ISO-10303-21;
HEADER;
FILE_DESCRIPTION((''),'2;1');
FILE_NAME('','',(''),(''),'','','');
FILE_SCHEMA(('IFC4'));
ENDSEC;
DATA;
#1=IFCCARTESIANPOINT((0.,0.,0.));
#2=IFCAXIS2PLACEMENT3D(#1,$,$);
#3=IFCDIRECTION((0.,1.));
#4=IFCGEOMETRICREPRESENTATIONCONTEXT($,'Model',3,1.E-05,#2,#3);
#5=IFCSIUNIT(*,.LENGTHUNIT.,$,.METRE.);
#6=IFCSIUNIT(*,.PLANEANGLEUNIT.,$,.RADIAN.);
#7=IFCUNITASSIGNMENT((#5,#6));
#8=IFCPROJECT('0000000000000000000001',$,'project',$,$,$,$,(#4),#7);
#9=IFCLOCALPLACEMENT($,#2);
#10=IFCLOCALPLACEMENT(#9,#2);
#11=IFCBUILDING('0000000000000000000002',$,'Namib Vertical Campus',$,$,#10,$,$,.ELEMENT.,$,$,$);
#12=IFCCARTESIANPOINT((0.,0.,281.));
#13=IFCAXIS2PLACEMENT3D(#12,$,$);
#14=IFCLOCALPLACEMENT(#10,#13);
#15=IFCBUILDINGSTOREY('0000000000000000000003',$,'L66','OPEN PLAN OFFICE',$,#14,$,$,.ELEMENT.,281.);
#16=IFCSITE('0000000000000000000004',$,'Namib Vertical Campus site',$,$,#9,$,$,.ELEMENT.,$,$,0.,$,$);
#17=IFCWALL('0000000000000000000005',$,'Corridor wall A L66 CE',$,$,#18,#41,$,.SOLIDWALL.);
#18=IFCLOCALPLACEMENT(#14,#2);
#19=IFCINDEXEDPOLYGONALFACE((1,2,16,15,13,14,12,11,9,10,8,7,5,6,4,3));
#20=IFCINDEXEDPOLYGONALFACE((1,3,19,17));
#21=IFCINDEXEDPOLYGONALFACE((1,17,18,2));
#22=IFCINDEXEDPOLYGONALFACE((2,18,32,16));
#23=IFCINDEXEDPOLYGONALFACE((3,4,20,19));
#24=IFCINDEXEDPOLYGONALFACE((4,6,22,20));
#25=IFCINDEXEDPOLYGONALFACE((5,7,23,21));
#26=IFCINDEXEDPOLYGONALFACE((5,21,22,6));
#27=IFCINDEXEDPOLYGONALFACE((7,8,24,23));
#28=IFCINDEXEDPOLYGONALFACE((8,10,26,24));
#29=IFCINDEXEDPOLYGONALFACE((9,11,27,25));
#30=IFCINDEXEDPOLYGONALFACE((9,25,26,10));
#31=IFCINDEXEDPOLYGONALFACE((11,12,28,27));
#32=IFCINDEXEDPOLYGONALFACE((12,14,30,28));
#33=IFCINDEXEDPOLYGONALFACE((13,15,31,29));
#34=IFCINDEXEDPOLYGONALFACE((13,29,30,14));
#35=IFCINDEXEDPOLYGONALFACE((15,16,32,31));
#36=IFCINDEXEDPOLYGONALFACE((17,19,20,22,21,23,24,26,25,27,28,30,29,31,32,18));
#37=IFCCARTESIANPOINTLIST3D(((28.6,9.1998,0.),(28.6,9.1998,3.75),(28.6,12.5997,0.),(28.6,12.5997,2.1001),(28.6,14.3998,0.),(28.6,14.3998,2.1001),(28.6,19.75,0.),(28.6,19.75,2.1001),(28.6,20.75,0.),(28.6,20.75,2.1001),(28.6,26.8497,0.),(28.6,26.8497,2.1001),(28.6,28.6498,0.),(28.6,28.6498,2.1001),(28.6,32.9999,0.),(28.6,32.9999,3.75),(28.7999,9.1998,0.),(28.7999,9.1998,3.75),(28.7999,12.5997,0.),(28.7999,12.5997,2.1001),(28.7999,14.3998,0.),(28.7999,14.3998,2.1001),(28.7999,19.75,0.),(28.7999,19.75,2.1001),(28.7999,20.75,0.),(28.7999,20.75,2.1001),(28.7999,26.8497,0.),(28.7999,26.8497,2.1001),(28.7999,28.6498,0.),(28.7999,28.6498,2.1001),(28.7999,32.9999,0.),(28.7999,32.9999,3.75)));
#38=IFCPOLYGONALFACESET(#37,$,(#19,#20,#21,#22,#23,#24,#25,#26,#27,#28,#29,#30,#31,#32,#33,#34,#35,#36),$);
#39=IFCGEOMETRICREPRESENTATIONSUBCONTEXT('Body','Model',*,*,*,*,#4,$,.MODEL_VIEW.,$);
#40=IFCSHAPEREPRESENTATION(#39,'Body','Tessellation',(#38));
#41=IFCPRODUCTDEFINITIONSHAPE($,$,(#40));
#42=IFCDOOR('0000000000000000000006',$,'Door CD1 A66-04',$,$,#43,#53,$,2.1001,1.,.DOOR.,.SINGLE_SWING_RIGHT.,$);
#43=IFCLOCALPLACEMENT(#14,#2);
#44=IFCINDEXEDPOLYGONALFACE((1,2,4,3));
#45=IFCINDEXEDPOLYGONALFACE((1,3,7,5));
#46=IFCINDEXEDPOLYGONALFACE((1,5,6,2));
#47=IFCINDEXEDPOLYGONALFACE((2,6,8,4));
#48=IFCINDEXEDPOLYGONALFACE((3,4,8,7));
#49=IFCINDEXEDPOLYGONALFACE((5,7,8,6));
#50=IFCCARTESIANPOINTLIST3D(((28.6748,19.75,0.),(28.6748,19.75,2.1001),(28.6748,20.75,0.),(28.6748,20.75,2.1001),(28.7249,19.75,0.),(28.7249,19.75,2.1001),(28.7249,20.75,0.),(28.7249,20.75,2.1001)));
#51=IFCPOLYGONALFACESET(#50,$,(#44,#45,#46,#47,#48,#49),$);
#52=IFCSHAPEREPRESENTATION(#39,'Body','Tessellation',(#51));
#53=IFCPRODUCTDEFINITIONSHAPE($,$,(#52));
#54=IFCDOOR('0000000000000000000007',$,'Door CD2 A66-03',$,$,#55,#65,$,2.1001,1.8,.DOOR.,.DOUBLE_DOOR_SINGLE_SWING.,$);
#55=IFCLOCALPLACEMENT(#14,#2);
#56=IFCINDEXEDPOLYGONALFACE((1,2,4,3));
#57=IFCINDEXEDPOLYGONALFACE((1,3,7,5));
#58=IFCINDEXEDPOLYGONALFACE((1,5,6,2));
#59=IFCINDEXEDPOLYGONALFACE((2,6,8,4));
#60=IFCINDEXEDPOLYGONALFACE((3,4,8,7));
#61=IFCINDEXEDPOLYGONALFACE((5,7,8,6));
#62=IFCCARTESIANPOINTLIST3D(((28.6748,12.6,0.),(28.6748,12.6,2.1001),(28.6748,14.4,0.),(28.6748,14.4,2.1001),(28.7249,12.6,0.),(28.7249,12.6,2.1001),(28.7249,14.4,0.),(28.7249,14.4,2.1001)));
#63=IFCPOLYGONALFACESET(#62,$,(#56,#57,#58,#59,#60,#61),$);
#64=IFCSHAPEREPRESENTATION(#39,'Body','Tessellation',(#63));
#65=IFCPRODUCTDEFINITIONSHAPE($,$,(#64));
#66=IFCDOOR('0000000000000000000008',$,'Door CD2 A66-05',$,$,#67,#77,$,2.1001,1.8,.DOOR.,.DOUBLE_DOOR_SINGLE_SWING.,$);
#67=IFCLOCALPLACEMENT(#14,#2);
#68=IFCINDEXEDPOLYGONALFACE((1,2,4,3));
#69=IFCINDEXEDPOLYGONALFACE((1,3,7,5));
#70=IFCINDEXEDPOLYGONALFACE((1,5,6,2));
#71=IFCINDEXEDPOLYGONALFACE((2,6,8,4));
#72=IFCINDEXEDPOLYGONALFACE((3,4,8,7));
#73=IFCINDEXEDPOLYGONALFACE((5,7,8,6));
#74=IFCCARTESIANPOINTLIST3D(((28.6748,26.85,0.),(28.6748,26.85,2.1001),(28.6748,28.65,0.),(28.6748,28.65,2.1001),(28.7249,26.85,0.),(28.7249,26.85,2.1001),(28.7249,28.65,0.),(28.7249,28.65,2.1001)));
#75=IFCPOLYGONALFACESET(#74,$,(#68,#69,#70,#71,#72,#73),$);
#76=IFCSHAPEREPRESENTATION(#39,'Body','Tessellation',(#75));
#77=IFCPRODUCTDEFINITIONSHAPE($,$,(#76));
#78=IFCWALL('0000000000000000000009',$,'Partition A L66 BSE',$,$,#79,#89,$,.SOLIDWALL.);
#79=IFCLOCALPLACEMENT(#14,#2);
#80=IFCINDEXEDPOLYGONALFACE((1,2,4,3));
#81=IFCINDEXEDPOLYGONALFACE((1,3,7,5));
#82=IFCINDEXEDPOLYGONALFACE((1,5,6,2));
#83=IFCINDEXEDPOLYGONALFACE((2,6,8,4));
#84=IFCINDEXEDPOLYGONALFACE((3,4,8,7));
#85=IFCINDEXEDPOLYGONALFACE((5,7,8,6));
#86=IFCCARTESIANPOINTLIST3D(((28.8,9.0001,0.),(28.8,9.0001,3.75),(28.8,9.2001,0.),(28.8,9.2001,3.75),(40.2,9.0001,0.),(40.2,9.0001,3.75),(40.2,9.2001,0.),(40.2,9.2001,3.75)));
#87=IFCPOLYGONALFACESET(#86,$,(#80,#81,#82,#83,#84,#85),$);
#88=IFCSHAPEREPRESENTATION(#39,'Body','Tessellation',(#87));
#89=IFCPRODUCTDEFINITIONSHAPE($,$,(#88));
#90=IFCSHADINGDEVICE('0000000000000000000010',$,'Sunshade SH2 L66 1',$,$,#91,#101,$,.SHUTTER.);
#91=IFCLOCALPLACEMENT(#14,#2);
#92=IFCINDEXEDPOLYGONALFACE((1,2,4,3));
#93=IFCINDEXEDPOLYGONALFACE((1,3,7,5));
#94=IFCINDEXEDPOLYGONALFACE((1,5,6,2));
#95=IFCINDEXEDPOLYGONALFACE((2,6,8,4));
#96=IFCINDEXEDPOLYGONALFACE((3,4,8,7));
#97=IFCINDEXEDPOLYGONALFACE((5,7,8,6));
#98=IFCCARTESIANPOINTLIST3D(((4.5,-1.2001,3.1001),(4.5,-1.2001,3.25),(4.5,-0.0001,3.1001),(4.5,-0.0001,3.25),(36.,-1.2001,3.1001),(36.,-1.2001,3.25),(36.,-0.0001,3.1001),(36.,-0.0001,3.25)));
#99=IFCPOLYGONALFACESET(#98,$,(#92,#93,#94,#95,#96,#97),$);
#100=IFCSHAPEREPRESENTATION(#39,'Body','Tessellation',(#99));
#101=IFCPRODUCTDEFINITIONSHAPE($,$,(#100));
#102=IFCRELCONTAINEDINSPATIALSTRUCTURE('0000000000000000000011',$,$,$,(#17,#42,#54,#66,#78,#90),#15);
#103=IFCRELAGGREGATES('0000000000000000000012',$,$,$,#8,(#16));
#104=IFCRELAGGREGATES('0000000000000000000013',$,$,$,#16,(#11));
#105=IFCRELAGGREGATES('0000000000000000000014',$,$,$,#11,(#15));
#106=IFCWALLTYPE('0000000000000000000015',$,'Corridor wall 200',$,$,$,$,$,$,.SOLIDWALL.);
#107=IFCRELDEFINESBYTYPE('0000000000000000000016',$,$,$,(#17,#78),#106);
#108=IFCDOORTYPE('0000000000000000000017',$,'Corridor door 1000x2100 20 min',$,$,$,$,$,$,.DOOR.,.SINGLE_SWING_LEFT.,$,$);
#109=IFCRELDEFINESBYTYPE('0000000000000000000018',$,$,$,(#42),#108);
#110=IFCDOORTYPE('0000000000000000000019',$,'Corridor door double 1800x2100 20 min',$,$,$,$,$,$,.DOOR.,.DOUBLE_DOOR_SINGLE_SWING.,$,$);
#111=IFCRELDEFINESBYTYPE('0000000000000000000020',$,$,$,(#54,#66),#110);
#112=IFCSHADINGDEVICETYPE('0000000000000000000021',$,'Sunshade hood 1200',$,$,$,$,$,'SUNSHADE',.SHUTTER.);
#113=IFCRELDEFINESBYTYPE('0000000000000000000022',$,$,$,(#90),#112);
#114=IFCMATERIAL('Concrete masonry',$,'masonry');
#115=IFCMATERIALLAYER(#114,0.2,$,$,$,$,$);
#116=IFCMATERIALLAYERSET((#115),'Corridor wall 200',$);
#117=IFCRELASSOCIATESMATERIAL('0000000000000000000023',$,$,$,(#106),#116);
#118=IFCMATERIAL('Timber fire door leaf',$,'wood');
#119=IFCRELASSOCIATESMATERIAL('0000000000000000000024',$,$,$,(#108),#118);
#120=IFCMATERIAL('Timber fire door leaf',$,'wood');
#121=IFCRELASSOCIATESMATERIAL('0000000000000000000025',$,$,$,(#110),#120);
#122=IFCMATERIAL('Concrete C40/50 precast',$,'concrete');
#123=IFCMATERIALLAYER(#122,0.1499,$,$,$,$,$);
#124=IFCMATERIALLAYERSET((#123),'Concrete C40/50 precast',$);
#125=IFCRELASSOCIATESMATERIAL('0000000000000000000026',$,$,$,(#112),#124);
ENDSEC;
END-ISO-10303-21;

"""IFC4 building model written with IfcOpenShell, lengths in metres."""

from ifc_helpers import new_model, si_unit, direction, frame, frame_2d, origin, origin_2d, place, context, subcontext, project, spatial, rectangle, extrude, material, layer, layer_set, type_object, element, fill, save


model = new_model("IFC4")

# Units and contexts
model_context = context("Model", 3, precision=1e-05, world=origin(), true_north=direction((0.0, 1.0)))
body_context = subcontext(model_context, "Body", "Model", "MODEL_VIEW")
ifc_project = project(units=[si_unit("LENGTHUNIT", "METRE"), si_unit("PLANEANGLEUNIT", "RADIAN")], contexts=[model_context])

# Site, building, storey
site_placement = place(None, origin())
site = spatial("IfcSite", under=ifc_project, at=site_placement, Name="Namib Vertical Campus site", CompositionType="ELEMENT", RefElevation=0.0)
building_placement = place(site_placement, origin())
building = spatial("IfcBuilding", under=site, at=building_placement, Name="Namib Vertical Campus", CompositionType="ELEMENT")
storey_placement = place(building_placement, frame((0.0, 0.0, 281.0)))
storey = spatial("IfcBuildingStorey", under=building, at=storey_placement, Name="L66", Description="OPEN PLAN OFFICE", CompositionType="ELEMENT", Elevation=281.0)

# Wall, openings, doors
ifc_material_1 = material(Name="Concrete masonry", Category="masonry")
ifc_layer_1 = layer(ifc_material_1, 0.2)
ifc_layer_set_1 = layer_set([ifc_layer_1], Name="Corridor wall 200")
wall_type_1 = type_object("IfcWallType", Name="Corridor wall 200", PredefinedType="SOLIDWALL", material=ifc_layer_set_1)
wall_1_placement = place(storey_placement, frame((28.7, 9.2, 0.0), z_axis=(0.0, 0.0, 1.0), x_axis=(0.0, 1.0, 0.0)))
wall_1 = element("IfcWall", 1, at=wall_1_placement, inside=storey, type_object=wall_type_1, Name="Corridor wall A L66 CE", PredefinedType="SOLIDWALL", context=body_context, shape_type="SweptSolid", body=[
    extrude(rectangle(XDim=23.8, YDim=0.2, at=frame_2d((11.8999, 0.0))), origin(), (0.0, 0.0, 1.0), 3.75),
])
opening_1_placement = place(wall_1_placement, frame((3.3999, 0.0, 0.0)))
opening_1 = element("IfcOpeningElement", 2, at=opening_1_placement, cuts=wall_1, PredefinedType="OPENING", context=body_context, shape_type="SweptSolid", body=[
    extrude(rectangle(XDim=1.8, YDim=2.1001, at=frame_2d((0.8999, 1.05))), frame((0.0, 0.1099, 0.0), z_axis=(0.0, -1.0, 0.0), x_axis=(1.0, 0.0, 0.0)), (0.0, 0.0, 1.0), 0.22),
])
opening_2_placement = place(wall_1_placement, frame((10.55, 0.0, 0.0)))
opening_2 = element("IfcOpeningElement", 3, at=opening_2_placement, cuts=wall_1, PredefinedType="OPENING", context=body_context, shape_type="SweptSolid", body=[
    extrude(rectangle(XDim=1.0, YDim=2.1001, at=frame_2d((0.5, 1.05))), frame((0.0, 0.1099, 0.0), z_axis=(0.0, -1.0, 0.0), x_axis=(1.0, 0.0, 0.0)), (0.0, 0.0, 1.0), 0.22),
])
opening_3_placement = place(wall_1_placement, frame((17.6499, 0.0, 0.0)))
opening_3 = element("IfcOpeningElement", 4, at=opening_3_placement, cuts=wall_1, PredefinedType="OPENING", context=body_context, shape_type="SweptSolid", body=[
    extrude(rectangle(XDim=1.8, YDim=2.1001, at=frame_2d((0.8999, 1.05))), frame((0.0, 0.1099, 0.0), z_axis=(0.0, -1.0, 0.0), x_axis=(1.0, 0.0, 0.0)), (0.0, 0.0, 1.0), 0.22),
])
ifc_material_2 = material(Name="Timber fire door leaf", Category="wood")
door_type_1 = type_object("IfcDoorType", Name="Corridor door 1000x2100 20 min", OperationType="SINGLE_SWING_LEFT", PredefinedType="DOOR", material=ifc_material_2)
door_1_placement = place(opening_2_placement, frame((1.0, 0.0, 0.0), z_axis=(0.0, 0.0, 1.0), x_axis=(-1.0, 0.0, 0.0)))
door_1 = element("IfcDoor", 5, at=door_1_placement, inside=storey, type_object=door_type_1, Name="Door CD1 A66-04", OperationType="SINGLE_SWING_RIGHT", OverallHeight=2.1001, OverallWidth=1.0, PredefinedType="DOOR", context=body_context, shape_type="SweptSolid", body=[
    extrude(rectangle(XDim=1.0, YDim=2.1001, at=frame_2d((0.5, 1.05))), frame((0.0, 0.0249, 0.0), z_axis=(0.0, -1.0, 0.0), x_axis=(1.0, 0.0, 0.0)), (0.0, 0.0, 1.0), 0.05),
])
fill(opening_2, door_1)
ifc_material_3 = material(Name="Timber fire door leaf", Category="wood")
door_type_2 = type_object("IfcDoorType", Name="Corridor door double 1800x2100 20 min", OperationType="DOUBLE_DOOR_SINGLE_SWING", PredefinedType="DOOR", material=ifc_material_3)
door_2_placement = place(opening_1_placement, frame((1.8, 0.0, 0.0), z_axis=(0.0, 0.0, 1.0), x_axis=(-1.0, 0.0, 0.0)))
door_2 = element("IfcDoor", 6, at=door_2_placement, inside=storey, type_object=door_type_2, Name="Door CD2 A66-03", OperationType="DOUBLE_DOOR_SINGLE_SWING", OverallHeight=2.1001, OverallWidth=1.8, PredefinedType="DOOR", context=body_context, shape_type="SweptSolid", body=[
    extrude(rectangle(XDim=1.8, YDim=2.1001, at=frame_2d((0.8999, 1.05))), frame((0.0, 0.0249, 0.0), z_axis=(0.0, -1.0, 0.0), x_axis=(1.0, 0.0, 0.0)), (0.0, 0.0, 1.0), 0.05),
])
fill(opening_1, door_2)
door_3_placement = place(opening_3_placement, frame((1.8, 0.0, 0.0), z_axis=(0.0, 0.0, 1.0), x_axis=(-1.0, 0.0, 0.0)))
door_3 = element("IfcDoor", 7, at=door_3_placement, inside=storey, type_object=door_type_2, Name="Door CD2 A66-05", OperationType="DOUBLE_DOOR_SINGLE_SWING", OverallHeight=2.1001, OverallWidth=1.8, PredefinedType="DOOR", context=body_context, shape_type="SweptSolid", body=[
    extrude(rectangle(XDim=1.8, YDim=2.1001, at=frame_2d((0.8999, 1.05))), frame((0.0, 0.0249, 0.0), z_axis=(0.0, -1.0, 0.0), x_axis=(1.0, 0.0, 0.0)), (0.0, 0.0, 1.0), 0.05),
])
fill(opening_3, door_3)

# Wall
wall_2_placement = place(storey_placement, frame((28.8, 9.1001, 0.0), z_axis=(0.0, 0.0, 1.0), x_axis=(1.0, 0.0, 0.0)))
element("IfcWall", 8, at=wall_2_placement, inside=storey, type_object=wall_type_1, Name="Partition A L66 BSE", PredefinedType="SOLIDWALL", context=body_context, shape_type="SweptSolid", body=[
    extrude(rectangle(XDim=11.3999, YDim=0.2, at=frame_2d((5.7, 0.0))), origin(), (0.0, 0.0, 1.0), 3.75),
])

# Shading device
ifc_material_4 = material(Name="Concrete C40/50 precast", Category="concrete")
ifc_layer_2 = layer(ifc_material_4, 0.1499)
ifc_layer_set_2 = layer_set([ifc_layer_2], Name="Concrete C40/50 precast")
shading_device_type = type_object("IfcShadingDeviceType", Name="Sunshade hood 1200", ElementType="SUNSHADE", PredefinedType="SHUTTER", material=ifc_layer_set_2)
shading_device_placement = place(storey_placement, frame((20.25, -0.6001, 3.1001), z_axis=(0.0, 0.0, 1.0), x_axis=(1.0, 0.0, 0.0)))
element("IfcShadingDevice", 9, at=shading_device_placement, inside=storey, type_object=shading_device_type, Name="Sunshade SH2 L66 1", PredefinedType="SHUTTER", context=body_context, shape_type="SweptSolid", body=[
    extrude(rectangle(XDim=31.5, YDim=1.2, at=origin_2d()), origin(), (0.0, 0.0, 1.0), 0.1499),
])

save(model, "model.ifc")
